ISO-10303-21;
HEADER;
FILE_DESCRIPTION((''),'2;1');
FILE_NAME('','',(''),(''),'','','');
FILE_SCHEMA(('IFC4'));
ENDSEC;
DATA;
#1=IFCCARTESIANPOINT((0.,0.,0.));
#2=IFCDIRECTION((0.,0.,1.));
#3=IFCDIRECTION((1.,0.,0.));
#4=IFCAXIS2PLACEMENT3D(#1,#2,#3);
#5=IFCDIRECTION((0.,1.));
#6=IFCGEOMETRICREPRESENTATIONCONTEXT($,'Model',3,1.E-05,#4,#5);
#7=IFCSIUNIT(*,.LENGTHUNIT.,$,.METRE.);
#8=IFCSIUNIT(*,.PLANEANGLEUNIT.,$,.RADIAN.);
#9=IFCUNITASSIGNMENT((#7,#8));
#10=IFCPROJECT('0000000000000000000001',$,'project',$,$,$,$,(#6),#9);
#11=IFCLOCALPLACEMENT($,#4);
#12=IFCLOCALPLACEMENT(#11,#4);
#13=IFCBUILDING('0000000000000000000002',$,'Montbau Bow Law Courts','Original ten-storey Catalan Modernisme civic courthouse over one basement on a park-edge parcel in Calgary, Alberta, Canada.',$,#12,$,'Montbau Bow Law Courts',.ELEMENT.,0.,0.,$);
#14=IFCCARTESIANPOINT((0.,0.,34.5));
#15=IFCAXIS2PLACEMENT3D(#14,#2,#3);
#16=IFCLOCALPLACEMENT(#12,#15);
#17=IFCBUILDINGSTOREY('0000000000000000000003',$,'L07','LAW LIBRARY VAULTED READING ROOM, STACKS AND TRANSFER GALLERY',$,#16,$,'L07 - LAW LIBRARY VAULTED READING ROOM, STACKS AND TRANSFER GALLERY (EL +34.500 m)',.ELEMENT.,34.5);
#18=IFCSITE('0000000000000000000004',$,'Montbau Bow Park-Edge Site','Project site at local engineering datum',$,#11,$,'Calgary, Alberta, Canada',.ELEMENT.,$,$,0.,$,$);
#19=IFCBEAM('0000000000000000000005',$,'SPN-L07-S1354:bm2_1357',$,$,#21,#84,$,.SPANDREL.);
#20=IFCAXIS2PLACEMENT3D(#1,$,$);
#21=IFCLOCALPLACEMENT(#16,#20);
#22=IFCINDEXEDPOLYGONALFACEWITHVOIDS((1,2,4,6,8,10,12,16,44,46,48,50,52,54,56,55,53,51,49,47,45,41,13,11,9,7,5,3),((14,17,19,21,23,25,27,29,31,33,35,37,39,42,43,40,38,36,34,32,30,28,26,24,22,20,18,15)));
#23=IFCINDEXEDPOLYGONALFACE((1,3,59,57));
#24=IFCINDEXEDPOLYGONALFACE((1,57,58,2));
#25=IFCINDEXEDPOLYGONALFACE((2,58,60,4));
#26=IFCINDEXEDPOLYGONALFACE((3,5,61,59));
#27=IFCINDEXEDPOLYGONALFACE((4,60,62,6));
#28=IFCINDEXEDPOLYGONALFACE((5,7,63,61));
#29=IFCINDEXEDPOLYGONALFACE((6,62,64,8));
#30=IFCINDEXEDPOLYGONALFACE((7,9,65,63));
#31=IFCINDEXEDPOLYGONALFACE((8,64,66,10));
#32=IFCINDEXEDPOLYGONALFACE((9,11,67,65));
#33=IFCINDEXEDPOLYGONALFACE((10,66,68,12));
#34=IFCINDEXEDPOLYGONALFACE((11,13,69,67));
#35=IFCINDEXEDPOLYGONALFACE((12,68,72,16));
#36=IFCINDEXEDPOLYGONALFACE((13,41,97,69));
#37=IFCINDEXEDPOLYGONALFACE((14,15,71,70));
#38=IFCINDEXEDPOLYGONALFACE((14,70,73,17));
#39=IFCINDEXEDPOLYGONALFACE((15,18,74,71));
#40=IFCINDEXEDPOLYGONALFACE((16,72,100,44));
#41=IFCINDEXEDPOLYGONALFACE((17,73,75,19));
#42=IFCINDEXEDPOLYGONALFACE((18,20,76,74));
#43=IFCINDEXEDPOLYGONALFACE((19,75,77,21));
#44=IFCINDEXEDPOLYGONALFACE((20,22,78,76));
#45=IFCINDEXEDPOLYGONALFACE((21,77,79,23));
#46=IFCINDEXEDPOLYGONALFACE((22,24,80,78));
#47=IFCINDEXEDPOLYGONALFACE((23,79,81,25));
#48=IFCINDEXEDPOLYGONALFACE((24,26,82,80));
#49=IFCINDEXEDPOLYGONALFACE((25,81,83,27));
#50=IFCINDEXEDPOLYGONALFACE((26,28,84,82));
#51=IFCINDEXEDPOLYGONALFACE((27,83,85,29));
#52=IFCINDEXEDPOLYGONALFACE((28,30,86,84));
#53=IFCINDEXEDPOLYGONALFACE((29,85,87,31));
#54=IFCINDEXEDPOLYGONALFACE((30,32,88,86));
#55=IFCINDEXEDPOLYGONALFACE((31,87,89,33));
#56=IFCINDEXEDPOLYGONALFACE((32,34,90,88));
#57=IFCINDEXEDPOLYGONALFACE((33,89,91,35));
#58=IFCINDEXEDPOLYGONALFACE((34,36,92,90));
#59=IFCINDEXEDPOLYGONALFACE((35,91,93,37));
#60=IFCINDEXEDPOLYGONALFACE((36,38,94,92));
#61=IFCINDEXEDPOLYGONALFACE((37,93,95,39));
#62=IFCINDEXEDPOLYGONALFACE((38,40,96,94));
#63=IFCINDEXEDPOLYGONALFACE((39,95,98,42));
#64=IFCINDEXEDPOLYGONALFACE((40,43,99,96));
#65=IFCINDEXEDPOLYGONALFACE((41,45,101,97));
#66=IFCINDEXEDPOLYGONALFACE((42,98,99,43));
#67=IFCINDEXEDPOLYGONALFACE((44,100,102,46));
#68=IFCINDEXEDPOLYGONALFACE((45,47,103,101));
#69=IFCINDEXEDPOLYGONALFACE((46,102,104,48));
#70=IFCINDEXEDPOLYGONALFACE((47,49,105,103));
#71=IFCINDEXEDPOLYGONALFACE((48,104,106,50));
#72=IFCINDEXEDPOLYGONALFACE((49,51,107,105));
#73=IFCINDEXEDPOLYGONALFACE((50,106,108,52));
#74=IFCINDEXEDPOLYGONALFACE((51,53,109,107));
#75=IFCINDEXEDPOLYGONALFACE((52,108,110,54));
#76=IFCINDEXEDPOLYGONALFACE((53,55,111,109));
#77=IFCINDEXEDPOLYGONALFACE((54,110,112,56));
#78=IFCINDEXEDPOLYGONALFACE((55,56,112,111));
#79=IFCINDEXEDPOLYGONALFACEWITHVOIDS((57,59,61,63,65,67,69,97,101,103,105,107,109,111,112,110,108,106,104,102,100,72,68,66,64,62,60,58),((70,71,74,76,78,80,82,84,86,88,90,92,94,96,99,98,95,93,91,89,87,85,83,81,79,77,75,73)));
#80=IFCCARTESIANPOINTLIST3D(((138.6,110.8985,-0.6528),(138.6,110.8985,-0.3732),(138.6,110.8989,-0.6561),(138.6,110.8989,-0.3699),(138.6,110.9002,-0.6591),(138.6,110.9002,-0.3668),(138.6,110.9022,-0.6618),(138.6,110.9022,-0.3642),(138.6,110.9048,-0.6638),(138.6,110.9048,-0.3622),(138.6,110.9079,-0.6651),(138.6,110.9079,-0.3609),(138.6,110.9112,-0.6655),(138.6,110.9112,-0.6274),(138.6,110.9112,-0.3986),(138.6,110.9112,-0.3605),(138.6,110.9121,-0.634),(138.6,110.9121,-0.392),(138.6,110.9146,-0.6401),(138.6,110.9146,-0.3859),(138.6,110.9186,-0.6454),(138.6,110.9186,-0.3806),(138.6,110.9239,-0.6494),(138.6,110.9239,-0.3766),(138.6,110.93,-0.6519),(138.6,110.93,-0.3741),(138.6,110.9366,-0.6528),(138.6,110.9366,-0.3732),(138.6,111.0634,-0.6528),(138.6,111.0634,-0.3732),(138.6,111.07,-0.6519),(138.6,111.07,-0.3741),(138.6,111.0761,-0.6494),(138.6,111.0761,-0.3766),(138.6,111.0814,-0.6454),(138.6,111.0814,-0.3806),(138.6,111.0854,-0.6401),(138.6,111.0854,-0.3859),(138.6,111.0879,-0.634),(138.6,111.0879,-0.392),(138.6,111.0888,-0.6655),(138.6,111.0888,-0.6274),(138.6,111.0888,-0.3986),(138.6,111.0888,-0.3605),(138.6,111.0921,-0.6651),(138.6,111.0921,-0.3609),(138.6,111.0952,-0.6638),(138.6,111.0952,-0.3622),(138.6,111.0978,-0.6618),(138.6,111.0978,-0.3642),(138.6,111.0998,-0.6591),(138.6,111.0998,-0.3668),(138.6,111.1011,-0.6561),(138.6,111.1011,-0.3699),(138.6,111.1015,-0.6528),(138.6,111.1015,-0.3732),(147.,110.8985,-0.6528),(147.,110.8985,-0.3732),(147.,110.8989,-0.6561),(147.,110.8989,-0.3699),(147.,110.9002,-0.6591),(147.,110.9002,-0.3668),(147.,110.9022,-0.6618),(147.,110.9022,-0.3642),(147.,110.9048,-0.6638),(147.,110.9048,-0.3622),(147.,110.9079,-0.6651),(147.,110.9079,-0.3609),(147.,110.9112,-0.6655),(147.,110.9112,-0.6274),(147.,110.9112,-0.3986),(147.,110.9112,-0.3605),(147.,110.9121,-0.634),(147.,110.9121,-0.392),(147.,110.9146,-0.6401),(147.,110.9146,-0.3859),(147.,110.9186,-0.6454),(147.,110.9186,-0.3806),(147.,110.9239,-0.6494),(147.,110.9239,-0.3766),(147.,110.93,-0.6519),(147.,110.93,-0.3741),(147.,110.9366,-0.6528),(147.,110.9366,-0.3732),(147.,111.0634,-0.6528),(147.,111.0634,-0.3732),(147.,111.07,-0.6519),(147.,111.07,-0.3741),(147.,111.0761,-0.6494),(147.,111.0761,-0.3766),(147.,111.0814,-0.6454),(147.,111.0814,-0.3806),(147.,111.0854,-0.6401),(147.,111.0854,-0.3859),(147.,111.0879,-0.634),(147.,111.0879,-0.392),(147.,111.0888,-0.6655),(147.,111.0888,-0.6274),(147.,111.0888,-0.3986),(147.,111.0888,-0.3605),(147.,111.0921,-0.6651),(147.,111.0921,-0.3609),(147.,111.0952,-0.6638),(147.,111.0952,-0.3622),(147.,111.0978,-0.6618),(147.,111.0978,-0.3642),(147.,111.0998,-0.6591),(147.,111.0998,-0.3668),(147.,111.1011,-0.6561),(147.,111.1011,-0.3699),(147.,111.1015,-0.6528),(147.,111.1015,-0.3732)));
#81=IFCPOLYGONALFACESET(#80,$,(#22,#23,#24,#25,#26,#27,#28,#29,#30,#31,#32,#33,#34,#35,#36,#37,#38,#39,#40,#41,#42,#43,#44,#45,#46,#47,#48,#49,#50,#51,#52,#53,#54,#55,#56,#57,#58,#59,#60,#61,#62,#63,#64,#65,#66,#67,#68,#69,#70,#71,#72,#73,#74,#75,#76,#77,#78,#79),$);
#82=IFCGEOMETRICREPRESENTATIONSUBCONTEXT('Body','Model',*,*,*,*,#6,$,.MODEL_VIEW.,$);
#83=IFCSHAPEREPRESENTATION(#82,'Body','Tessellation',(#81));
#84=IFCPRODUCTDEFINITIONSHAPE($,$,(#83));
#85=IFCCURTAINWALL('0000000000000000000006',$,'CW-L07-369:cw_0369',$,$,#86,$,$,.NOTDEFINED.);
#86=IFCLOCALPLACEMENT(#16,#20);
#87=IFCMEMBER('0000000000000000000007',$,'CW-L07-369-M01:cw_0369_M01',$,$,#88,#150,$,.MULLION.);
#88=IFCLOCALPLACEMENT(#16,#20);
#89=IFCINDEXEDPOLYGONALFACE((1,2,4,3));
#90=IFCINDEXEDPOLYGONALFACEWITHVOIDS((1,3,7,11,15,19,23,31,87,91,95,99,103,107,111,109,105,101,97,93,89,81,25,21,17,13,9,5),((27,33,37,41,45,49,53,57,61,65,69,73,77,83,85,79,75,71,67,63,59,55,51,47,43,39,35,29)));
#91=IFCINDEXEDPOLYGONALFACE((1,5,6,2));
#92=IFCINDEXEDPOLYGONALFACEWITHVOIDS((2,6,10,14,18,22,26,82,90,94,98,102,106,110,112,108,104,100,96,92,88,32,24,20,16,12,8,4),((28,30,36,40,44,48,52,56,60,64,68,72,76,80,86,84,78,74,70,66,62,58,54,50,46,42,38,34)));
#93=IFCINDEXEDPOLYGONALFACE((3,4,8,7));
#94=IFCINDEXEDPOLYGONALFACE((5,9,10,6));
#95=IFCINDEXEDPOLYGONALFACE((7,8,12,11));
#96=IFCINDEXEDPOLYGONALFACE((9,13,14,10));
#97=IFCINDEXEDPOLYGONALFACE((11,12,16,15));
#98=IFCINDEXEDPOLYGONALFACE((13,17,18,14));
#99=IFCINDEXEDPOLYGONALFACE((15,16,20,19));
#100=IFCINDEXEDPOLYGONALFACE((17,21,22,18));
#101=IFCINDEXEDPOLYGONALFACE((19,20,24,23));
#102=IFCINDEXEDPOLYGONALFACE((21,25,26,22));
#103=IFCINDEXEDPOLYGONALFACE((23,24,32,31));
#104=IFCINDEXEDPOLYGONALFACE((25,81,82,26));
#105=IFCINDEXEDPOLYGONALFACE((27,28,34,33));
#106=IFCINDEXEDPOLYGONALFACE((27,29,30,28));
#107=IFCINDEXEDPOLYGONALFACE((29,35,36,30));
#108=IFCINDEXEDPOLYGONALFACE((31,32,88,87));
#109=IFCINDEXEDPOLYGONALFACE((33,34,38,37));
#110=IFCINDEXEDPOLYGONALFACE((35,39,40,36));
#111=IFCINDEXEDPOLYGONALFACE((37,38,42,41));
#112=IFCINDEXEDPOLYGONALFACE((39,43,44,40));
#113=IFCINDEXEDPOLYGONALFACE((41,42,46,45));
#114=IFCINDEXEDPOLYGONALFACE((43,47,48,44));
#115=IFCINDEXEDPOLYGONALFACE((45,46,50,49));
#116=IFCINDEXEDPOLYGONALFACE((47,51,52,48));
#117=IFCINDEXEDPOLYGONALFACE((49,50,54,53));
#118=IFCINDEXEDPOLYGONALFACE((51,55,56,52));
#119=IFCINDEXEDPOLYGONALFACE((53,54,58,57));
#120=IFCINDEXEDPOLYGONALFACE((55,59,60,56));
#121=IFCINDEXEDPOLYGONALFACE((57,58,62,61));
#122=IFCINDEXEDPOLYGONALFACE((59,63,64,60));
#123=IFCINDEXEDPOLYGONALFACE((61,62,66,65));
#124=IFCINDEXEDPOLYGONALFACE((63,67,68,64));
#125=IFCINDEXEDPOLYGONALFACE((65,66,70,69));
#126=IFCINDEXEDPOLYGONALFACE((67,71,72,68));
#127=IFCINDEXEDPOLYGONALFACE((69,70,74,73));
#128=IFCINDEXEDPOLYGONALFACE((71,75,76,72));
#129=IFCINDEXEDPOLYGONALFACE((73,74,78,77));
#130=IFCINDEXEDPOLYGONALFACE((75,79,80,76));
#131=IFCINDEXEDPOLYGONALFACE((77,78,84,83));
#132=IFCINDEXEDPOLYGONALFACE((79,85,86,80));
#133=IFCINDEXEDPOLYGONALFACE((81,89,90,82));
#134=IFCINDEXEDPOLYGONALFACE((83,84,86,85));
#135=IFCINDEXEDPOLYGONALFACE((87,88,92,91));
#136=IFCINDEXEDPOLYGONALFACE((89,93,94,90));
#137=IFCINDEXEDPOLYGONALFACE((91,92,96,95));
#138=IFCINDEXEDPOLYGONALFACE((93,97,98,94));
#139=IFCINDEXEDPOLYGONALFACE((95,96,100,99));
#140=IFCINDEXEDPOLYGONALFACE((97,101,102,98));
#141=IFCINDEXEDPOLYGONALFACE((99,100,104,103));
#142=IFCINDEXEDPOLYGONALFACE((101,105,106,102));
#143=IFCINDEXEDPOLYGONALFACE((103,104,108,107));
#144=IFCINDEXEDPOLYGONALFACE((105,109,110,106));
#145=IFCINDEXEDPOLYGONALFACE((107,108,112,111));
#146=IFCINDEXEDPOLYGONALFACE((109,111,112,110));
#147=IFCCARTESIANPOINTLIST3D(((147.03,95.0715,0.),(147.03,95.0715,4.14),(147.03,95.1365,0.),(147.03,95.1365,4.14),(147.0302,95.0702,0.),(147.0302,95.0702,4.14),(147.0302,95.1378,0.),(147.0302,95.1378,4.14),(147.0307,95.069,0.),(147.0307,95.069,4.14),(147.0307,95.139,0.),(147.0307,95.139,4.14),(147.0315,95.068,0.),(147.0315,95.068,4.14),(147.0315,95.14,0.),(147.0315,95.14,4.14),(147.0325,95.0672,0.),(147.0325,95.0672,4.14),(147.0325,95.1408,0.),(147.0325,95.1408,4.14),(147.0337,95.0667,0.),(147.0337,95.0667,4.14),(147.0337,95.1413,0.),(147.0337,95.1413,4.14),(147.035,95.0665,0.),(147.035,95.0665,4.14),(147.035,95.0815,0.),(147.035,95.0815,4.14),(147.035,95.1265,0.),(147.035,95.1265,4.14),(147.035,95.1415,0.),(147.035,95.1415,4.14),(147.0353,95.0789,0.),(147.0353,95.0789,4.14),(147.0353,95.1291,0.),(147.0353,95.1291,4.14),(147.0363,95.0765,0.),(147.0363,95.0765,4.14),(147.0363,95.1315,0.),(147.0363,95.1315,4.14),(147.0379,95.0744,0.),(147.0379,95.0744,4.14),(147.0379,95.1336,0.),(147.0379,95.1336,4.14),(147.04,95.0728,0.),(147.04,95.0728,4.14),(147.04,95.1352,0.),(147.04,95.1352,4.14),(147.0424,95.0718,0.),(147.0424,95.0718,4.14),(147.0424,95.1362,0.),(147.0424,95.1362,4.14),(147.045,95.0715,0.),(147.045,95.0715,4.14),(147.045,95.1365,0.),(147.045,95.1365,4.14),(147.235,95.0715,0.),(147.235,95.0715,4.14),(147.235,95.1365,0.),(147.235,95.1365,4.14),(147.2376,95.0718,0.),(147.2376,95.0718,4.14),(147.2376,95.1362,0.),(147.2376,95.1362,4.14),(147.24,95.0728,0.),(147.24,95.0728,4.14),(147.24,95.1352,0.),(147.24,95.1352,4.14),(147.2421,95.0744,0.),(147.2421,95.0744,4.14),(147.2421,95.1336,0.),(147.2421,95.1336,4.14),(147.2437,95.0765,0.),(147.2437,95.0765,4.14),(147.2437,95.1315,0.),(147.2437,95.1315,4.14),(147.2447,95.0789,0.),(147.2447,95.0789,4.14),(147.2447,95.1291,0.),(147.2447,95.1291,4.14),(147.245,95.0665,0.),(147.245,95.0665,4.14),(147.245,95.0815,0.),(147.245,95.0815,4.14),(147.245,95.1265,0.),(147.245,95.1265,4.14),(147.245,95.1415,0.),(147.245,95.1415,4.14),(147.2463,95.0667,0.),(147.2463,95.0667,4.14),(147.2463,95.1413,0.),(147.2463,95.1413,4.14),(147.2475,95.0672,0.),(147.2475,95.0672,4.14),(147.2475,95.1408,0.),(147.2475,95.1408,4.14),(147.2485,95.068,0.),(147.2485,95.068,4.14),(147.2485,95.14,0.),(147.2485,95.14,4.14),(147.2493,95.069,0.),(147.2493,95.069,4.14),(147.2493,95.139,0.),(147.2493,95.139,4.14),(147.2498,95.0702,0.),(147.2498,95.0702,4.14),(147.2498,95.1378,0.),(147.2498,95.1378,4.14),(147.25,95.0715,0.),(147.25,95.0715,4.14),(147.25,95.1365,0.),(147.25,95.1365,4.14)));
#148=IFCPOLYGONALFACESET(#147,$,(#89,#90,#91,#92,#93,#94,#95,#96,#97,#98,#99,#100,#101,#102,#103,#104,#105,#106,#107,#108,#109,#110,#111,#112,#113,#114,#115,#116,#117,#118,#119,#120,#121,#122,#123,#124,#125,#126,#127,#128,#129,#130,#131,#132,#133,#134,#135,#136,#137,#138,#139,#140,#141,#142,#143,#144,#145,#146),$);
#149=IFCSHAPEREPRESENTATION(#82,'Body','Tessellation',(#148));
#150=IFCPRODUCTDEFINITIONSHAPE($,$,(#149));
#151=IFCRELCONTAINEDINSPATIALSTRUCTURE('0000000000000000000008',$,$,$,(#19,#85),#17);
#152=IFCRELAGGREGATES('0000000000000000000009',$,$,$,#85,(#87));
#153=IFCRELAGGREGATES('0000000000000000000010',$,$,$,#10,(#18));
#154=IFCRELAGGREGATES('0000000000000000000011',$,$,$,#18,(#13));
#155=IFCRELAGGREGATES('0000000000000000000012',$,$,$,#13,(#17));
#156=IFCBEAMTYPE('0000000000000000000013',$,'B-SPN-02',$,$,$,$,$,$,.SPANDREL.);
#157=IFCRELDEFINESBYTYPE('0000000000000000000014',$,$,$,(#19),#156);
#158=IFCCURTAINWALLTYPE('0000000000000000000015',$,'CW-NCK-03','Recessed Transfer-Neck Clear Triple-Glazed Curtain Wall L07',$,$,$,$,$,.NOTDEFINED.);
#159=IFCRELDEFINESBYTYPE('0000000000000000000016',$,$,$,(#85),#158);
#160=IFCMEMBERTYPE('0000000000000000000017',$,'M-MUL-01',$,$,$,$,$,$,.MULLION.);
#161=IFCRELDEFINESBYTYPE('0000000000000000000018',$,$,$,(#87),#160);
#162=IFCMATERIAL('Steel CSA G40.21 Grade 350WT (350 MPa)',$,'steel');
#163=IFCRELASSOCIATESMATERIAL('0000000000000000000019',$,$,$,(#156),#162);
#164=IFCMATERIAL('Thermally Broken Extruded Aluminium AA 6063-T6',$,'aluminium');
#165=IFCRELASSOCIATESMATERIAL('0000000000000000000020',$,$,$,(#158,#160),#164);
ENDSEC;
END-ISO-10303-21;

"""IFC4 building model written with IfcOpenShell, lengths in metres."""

from ifc_helpers import new_model, si_unit, direction, frame, origin_with_axes, origin_2d_with_axis, place, context, subcontext, project, spatial, hollow_rectangle, extrude, material, material_profile, profile_set, type_object, element, aggregate, save


model = new_model("IFC4")

# Units and contexts
model_context = context("Model", 3, precision=1e-05, world=origin_with_axes(), true_north=direction((0.0, 1.0)))
body_context = subcontext(model_context, "Body", "Model", "MODEL_VIEW")
ifc_project = project(units=[si_unit("LENGTHUNIT", "METRE"), si_unit("PLANEANGLEUNIT", "RADIAN")], contexts=[model_context])

# Site, building, storey
site_placement = place(None, origin_with_axes())
site = spatial("IfcSite", under=ifc_project, at=site_placement, Name="Montbau Bow Park-Edge Site", Description="Project site at local engineering datum", LongName="Calgary, Alberta, Canada", CompositionType="ELEMENT", RefElevation=0.0)
building_placement = place(site_placement, origin_with_axes())
building = spatial("IfcBuilding", under=site, at=building_placement, Name="Montbau Bow Law Courts", Description="Original ten-storey Catalan Modernisme civic courthouse over one basement on a park-edge parcel in Calgary, Alberta, Canada.", LongName="Montbau Bow Law Courts", CompositionType="ELEMENT", ElevationOfRefHeight=0.0, ElevationOfTerrain=0.0)
storey_placement = place(building_placement, frame((0.0, 0.0, 34.5), z_axis=(0.0, 0.0, 1.0), x_axis=(1.0, 0.0, 0.0)))
storey = spatial("IfcBuildingStorey", under=building, at=storey_placement, Name="L07", Description="LAW LIBRARY VAULTED READING ROOM, STACKS AND TRANSFER GALLERY", LongName="L07 - LAW LIBRARY VAULTED READING ROOM, STACKS AND TRANSFER GALLERY (EL +34.500 m)", CompositionType="ELEMENT", Elevation=34.5)

# Beam
ifc_material_1 = material(Name="Steel CSA G40.21 Grade 350WT (350 MPa)", Category="steel")
ifc_material_profile_1 = material_profile(ifc_material_1, hollow_rectangle(XDim=0.203, YDim=0.305, WallThickness=0.0127, InnerFilletRadius=0.0254, OuterFilletRadius=0.0127, at=origin_2d_with_axis()), Name="HSS305X203X13", Category="Main", Priority=0)
ifc_profile_set_1 = profile_set([ifc_material_profile_1], Name="Steel CSA G40.21 Grade 350WT (350 MPa)")
beam_type_1 = type_object("IfcBeamType", Name="B-SPN-02", PredefinedType="SPANDREL", material=ifc_profile_set_1)
beam_1_placement = place(None, frame((138.6, 111.0, 33.987), z_axis=(1.0, 0.0, 0.0), x_axis=(0.0, 1.0, 0.0)))
element("IfcBeam", 1, at=beam_1_placement, inside=storey, type_object=beam_type_1, Name="SPN-L07-S1354:bm2_1357", PredefinedType="SPANDREL", context=body_context, shape_type="SweptSolid", body=[
    extrude(hollow_rectangle(XDim=0.203, YDim=0.305, WallThickness=0.0127, InnerFilletRadius=0.0254, OuterFilletRadius=0.0127, at=origin_2d_with_axis()), origin_with_axes(), (0.0, 0.0, 1.0), 8.4),
])

# Curtain wall, member
ifc_material_2 = material(Name="Thermally Broken Extruded Aluminium AA 6063-T6", Category="aluminium")
curtain_wall_type = type_object("IfcCurtainWallType", Name="CW-NCK-03", Description="Recessed Transfer-Neck Clear Triple-Glazed Curtain Wall L07", PredefinedType="NOTDEFINED", material=ifc_material_2)
curtain_wall_placement = place(None, frame((147.14, 95.067, 34.5), z_axis=(0.0, 0.0, 1.0), x_axis=(1.0, 0.0, 0.0)))
curtain_wall = element("IfcCurtainWall", 2, at=curtain_wall_placement, inside=storey, type_object=curtain_wall_type, Name="CW-L07-369:cw_0369", PredefinedType="NOTDEFINED")
ifc_material_profile_2 = material_profile(ifc_material_2, hollow_rectangle(XDim=0.075, YDim=0.22, WallThickness=0.005, InnerFilletRadius=0.01, OuterFilletRadius=0.005, at=origin_2d_with_axis()), Name="CWM-220X75", Category="Main", Priority=0)
ifc_profile_set_2 = profile_set([ifc_material_profile_2], Name="Thermally Broken Extruded Aluminium AA 6063-T6")
member_type_1 = type_object("IfcMemberType", Name="M-MUL-01", PredefinedType="MULLION", material=ifc_profile_set_2)
member_1_placement = place(None, frame((147.14, 95.104, 34.5), z_axis=(0.0, 0.0, 1.0), x_axis=(0.0, 1.0, 0.0)))
member_1 = element("IfcMember", 3, at=member_1_placement, type_object=member_type_1, Name="CW-L07-369-M01:cw_0369_M01", PredefinedType="MULLION", context=body_context, shape_type="SweptSolid", body=[
    extrude(hollow_rectangle(XDim=0.075, YDim=0.22, WallThickness=0.005, InnerFilletRadius=0.01, OuterFilletRadius=0.005, at=origin_2d_with_axis()), origin_with_axes(), (0.0, 0.0, 1.0), 4.14),
])
aggregate(curtain_wall, [member_1])

save(model, "model.ifc")
